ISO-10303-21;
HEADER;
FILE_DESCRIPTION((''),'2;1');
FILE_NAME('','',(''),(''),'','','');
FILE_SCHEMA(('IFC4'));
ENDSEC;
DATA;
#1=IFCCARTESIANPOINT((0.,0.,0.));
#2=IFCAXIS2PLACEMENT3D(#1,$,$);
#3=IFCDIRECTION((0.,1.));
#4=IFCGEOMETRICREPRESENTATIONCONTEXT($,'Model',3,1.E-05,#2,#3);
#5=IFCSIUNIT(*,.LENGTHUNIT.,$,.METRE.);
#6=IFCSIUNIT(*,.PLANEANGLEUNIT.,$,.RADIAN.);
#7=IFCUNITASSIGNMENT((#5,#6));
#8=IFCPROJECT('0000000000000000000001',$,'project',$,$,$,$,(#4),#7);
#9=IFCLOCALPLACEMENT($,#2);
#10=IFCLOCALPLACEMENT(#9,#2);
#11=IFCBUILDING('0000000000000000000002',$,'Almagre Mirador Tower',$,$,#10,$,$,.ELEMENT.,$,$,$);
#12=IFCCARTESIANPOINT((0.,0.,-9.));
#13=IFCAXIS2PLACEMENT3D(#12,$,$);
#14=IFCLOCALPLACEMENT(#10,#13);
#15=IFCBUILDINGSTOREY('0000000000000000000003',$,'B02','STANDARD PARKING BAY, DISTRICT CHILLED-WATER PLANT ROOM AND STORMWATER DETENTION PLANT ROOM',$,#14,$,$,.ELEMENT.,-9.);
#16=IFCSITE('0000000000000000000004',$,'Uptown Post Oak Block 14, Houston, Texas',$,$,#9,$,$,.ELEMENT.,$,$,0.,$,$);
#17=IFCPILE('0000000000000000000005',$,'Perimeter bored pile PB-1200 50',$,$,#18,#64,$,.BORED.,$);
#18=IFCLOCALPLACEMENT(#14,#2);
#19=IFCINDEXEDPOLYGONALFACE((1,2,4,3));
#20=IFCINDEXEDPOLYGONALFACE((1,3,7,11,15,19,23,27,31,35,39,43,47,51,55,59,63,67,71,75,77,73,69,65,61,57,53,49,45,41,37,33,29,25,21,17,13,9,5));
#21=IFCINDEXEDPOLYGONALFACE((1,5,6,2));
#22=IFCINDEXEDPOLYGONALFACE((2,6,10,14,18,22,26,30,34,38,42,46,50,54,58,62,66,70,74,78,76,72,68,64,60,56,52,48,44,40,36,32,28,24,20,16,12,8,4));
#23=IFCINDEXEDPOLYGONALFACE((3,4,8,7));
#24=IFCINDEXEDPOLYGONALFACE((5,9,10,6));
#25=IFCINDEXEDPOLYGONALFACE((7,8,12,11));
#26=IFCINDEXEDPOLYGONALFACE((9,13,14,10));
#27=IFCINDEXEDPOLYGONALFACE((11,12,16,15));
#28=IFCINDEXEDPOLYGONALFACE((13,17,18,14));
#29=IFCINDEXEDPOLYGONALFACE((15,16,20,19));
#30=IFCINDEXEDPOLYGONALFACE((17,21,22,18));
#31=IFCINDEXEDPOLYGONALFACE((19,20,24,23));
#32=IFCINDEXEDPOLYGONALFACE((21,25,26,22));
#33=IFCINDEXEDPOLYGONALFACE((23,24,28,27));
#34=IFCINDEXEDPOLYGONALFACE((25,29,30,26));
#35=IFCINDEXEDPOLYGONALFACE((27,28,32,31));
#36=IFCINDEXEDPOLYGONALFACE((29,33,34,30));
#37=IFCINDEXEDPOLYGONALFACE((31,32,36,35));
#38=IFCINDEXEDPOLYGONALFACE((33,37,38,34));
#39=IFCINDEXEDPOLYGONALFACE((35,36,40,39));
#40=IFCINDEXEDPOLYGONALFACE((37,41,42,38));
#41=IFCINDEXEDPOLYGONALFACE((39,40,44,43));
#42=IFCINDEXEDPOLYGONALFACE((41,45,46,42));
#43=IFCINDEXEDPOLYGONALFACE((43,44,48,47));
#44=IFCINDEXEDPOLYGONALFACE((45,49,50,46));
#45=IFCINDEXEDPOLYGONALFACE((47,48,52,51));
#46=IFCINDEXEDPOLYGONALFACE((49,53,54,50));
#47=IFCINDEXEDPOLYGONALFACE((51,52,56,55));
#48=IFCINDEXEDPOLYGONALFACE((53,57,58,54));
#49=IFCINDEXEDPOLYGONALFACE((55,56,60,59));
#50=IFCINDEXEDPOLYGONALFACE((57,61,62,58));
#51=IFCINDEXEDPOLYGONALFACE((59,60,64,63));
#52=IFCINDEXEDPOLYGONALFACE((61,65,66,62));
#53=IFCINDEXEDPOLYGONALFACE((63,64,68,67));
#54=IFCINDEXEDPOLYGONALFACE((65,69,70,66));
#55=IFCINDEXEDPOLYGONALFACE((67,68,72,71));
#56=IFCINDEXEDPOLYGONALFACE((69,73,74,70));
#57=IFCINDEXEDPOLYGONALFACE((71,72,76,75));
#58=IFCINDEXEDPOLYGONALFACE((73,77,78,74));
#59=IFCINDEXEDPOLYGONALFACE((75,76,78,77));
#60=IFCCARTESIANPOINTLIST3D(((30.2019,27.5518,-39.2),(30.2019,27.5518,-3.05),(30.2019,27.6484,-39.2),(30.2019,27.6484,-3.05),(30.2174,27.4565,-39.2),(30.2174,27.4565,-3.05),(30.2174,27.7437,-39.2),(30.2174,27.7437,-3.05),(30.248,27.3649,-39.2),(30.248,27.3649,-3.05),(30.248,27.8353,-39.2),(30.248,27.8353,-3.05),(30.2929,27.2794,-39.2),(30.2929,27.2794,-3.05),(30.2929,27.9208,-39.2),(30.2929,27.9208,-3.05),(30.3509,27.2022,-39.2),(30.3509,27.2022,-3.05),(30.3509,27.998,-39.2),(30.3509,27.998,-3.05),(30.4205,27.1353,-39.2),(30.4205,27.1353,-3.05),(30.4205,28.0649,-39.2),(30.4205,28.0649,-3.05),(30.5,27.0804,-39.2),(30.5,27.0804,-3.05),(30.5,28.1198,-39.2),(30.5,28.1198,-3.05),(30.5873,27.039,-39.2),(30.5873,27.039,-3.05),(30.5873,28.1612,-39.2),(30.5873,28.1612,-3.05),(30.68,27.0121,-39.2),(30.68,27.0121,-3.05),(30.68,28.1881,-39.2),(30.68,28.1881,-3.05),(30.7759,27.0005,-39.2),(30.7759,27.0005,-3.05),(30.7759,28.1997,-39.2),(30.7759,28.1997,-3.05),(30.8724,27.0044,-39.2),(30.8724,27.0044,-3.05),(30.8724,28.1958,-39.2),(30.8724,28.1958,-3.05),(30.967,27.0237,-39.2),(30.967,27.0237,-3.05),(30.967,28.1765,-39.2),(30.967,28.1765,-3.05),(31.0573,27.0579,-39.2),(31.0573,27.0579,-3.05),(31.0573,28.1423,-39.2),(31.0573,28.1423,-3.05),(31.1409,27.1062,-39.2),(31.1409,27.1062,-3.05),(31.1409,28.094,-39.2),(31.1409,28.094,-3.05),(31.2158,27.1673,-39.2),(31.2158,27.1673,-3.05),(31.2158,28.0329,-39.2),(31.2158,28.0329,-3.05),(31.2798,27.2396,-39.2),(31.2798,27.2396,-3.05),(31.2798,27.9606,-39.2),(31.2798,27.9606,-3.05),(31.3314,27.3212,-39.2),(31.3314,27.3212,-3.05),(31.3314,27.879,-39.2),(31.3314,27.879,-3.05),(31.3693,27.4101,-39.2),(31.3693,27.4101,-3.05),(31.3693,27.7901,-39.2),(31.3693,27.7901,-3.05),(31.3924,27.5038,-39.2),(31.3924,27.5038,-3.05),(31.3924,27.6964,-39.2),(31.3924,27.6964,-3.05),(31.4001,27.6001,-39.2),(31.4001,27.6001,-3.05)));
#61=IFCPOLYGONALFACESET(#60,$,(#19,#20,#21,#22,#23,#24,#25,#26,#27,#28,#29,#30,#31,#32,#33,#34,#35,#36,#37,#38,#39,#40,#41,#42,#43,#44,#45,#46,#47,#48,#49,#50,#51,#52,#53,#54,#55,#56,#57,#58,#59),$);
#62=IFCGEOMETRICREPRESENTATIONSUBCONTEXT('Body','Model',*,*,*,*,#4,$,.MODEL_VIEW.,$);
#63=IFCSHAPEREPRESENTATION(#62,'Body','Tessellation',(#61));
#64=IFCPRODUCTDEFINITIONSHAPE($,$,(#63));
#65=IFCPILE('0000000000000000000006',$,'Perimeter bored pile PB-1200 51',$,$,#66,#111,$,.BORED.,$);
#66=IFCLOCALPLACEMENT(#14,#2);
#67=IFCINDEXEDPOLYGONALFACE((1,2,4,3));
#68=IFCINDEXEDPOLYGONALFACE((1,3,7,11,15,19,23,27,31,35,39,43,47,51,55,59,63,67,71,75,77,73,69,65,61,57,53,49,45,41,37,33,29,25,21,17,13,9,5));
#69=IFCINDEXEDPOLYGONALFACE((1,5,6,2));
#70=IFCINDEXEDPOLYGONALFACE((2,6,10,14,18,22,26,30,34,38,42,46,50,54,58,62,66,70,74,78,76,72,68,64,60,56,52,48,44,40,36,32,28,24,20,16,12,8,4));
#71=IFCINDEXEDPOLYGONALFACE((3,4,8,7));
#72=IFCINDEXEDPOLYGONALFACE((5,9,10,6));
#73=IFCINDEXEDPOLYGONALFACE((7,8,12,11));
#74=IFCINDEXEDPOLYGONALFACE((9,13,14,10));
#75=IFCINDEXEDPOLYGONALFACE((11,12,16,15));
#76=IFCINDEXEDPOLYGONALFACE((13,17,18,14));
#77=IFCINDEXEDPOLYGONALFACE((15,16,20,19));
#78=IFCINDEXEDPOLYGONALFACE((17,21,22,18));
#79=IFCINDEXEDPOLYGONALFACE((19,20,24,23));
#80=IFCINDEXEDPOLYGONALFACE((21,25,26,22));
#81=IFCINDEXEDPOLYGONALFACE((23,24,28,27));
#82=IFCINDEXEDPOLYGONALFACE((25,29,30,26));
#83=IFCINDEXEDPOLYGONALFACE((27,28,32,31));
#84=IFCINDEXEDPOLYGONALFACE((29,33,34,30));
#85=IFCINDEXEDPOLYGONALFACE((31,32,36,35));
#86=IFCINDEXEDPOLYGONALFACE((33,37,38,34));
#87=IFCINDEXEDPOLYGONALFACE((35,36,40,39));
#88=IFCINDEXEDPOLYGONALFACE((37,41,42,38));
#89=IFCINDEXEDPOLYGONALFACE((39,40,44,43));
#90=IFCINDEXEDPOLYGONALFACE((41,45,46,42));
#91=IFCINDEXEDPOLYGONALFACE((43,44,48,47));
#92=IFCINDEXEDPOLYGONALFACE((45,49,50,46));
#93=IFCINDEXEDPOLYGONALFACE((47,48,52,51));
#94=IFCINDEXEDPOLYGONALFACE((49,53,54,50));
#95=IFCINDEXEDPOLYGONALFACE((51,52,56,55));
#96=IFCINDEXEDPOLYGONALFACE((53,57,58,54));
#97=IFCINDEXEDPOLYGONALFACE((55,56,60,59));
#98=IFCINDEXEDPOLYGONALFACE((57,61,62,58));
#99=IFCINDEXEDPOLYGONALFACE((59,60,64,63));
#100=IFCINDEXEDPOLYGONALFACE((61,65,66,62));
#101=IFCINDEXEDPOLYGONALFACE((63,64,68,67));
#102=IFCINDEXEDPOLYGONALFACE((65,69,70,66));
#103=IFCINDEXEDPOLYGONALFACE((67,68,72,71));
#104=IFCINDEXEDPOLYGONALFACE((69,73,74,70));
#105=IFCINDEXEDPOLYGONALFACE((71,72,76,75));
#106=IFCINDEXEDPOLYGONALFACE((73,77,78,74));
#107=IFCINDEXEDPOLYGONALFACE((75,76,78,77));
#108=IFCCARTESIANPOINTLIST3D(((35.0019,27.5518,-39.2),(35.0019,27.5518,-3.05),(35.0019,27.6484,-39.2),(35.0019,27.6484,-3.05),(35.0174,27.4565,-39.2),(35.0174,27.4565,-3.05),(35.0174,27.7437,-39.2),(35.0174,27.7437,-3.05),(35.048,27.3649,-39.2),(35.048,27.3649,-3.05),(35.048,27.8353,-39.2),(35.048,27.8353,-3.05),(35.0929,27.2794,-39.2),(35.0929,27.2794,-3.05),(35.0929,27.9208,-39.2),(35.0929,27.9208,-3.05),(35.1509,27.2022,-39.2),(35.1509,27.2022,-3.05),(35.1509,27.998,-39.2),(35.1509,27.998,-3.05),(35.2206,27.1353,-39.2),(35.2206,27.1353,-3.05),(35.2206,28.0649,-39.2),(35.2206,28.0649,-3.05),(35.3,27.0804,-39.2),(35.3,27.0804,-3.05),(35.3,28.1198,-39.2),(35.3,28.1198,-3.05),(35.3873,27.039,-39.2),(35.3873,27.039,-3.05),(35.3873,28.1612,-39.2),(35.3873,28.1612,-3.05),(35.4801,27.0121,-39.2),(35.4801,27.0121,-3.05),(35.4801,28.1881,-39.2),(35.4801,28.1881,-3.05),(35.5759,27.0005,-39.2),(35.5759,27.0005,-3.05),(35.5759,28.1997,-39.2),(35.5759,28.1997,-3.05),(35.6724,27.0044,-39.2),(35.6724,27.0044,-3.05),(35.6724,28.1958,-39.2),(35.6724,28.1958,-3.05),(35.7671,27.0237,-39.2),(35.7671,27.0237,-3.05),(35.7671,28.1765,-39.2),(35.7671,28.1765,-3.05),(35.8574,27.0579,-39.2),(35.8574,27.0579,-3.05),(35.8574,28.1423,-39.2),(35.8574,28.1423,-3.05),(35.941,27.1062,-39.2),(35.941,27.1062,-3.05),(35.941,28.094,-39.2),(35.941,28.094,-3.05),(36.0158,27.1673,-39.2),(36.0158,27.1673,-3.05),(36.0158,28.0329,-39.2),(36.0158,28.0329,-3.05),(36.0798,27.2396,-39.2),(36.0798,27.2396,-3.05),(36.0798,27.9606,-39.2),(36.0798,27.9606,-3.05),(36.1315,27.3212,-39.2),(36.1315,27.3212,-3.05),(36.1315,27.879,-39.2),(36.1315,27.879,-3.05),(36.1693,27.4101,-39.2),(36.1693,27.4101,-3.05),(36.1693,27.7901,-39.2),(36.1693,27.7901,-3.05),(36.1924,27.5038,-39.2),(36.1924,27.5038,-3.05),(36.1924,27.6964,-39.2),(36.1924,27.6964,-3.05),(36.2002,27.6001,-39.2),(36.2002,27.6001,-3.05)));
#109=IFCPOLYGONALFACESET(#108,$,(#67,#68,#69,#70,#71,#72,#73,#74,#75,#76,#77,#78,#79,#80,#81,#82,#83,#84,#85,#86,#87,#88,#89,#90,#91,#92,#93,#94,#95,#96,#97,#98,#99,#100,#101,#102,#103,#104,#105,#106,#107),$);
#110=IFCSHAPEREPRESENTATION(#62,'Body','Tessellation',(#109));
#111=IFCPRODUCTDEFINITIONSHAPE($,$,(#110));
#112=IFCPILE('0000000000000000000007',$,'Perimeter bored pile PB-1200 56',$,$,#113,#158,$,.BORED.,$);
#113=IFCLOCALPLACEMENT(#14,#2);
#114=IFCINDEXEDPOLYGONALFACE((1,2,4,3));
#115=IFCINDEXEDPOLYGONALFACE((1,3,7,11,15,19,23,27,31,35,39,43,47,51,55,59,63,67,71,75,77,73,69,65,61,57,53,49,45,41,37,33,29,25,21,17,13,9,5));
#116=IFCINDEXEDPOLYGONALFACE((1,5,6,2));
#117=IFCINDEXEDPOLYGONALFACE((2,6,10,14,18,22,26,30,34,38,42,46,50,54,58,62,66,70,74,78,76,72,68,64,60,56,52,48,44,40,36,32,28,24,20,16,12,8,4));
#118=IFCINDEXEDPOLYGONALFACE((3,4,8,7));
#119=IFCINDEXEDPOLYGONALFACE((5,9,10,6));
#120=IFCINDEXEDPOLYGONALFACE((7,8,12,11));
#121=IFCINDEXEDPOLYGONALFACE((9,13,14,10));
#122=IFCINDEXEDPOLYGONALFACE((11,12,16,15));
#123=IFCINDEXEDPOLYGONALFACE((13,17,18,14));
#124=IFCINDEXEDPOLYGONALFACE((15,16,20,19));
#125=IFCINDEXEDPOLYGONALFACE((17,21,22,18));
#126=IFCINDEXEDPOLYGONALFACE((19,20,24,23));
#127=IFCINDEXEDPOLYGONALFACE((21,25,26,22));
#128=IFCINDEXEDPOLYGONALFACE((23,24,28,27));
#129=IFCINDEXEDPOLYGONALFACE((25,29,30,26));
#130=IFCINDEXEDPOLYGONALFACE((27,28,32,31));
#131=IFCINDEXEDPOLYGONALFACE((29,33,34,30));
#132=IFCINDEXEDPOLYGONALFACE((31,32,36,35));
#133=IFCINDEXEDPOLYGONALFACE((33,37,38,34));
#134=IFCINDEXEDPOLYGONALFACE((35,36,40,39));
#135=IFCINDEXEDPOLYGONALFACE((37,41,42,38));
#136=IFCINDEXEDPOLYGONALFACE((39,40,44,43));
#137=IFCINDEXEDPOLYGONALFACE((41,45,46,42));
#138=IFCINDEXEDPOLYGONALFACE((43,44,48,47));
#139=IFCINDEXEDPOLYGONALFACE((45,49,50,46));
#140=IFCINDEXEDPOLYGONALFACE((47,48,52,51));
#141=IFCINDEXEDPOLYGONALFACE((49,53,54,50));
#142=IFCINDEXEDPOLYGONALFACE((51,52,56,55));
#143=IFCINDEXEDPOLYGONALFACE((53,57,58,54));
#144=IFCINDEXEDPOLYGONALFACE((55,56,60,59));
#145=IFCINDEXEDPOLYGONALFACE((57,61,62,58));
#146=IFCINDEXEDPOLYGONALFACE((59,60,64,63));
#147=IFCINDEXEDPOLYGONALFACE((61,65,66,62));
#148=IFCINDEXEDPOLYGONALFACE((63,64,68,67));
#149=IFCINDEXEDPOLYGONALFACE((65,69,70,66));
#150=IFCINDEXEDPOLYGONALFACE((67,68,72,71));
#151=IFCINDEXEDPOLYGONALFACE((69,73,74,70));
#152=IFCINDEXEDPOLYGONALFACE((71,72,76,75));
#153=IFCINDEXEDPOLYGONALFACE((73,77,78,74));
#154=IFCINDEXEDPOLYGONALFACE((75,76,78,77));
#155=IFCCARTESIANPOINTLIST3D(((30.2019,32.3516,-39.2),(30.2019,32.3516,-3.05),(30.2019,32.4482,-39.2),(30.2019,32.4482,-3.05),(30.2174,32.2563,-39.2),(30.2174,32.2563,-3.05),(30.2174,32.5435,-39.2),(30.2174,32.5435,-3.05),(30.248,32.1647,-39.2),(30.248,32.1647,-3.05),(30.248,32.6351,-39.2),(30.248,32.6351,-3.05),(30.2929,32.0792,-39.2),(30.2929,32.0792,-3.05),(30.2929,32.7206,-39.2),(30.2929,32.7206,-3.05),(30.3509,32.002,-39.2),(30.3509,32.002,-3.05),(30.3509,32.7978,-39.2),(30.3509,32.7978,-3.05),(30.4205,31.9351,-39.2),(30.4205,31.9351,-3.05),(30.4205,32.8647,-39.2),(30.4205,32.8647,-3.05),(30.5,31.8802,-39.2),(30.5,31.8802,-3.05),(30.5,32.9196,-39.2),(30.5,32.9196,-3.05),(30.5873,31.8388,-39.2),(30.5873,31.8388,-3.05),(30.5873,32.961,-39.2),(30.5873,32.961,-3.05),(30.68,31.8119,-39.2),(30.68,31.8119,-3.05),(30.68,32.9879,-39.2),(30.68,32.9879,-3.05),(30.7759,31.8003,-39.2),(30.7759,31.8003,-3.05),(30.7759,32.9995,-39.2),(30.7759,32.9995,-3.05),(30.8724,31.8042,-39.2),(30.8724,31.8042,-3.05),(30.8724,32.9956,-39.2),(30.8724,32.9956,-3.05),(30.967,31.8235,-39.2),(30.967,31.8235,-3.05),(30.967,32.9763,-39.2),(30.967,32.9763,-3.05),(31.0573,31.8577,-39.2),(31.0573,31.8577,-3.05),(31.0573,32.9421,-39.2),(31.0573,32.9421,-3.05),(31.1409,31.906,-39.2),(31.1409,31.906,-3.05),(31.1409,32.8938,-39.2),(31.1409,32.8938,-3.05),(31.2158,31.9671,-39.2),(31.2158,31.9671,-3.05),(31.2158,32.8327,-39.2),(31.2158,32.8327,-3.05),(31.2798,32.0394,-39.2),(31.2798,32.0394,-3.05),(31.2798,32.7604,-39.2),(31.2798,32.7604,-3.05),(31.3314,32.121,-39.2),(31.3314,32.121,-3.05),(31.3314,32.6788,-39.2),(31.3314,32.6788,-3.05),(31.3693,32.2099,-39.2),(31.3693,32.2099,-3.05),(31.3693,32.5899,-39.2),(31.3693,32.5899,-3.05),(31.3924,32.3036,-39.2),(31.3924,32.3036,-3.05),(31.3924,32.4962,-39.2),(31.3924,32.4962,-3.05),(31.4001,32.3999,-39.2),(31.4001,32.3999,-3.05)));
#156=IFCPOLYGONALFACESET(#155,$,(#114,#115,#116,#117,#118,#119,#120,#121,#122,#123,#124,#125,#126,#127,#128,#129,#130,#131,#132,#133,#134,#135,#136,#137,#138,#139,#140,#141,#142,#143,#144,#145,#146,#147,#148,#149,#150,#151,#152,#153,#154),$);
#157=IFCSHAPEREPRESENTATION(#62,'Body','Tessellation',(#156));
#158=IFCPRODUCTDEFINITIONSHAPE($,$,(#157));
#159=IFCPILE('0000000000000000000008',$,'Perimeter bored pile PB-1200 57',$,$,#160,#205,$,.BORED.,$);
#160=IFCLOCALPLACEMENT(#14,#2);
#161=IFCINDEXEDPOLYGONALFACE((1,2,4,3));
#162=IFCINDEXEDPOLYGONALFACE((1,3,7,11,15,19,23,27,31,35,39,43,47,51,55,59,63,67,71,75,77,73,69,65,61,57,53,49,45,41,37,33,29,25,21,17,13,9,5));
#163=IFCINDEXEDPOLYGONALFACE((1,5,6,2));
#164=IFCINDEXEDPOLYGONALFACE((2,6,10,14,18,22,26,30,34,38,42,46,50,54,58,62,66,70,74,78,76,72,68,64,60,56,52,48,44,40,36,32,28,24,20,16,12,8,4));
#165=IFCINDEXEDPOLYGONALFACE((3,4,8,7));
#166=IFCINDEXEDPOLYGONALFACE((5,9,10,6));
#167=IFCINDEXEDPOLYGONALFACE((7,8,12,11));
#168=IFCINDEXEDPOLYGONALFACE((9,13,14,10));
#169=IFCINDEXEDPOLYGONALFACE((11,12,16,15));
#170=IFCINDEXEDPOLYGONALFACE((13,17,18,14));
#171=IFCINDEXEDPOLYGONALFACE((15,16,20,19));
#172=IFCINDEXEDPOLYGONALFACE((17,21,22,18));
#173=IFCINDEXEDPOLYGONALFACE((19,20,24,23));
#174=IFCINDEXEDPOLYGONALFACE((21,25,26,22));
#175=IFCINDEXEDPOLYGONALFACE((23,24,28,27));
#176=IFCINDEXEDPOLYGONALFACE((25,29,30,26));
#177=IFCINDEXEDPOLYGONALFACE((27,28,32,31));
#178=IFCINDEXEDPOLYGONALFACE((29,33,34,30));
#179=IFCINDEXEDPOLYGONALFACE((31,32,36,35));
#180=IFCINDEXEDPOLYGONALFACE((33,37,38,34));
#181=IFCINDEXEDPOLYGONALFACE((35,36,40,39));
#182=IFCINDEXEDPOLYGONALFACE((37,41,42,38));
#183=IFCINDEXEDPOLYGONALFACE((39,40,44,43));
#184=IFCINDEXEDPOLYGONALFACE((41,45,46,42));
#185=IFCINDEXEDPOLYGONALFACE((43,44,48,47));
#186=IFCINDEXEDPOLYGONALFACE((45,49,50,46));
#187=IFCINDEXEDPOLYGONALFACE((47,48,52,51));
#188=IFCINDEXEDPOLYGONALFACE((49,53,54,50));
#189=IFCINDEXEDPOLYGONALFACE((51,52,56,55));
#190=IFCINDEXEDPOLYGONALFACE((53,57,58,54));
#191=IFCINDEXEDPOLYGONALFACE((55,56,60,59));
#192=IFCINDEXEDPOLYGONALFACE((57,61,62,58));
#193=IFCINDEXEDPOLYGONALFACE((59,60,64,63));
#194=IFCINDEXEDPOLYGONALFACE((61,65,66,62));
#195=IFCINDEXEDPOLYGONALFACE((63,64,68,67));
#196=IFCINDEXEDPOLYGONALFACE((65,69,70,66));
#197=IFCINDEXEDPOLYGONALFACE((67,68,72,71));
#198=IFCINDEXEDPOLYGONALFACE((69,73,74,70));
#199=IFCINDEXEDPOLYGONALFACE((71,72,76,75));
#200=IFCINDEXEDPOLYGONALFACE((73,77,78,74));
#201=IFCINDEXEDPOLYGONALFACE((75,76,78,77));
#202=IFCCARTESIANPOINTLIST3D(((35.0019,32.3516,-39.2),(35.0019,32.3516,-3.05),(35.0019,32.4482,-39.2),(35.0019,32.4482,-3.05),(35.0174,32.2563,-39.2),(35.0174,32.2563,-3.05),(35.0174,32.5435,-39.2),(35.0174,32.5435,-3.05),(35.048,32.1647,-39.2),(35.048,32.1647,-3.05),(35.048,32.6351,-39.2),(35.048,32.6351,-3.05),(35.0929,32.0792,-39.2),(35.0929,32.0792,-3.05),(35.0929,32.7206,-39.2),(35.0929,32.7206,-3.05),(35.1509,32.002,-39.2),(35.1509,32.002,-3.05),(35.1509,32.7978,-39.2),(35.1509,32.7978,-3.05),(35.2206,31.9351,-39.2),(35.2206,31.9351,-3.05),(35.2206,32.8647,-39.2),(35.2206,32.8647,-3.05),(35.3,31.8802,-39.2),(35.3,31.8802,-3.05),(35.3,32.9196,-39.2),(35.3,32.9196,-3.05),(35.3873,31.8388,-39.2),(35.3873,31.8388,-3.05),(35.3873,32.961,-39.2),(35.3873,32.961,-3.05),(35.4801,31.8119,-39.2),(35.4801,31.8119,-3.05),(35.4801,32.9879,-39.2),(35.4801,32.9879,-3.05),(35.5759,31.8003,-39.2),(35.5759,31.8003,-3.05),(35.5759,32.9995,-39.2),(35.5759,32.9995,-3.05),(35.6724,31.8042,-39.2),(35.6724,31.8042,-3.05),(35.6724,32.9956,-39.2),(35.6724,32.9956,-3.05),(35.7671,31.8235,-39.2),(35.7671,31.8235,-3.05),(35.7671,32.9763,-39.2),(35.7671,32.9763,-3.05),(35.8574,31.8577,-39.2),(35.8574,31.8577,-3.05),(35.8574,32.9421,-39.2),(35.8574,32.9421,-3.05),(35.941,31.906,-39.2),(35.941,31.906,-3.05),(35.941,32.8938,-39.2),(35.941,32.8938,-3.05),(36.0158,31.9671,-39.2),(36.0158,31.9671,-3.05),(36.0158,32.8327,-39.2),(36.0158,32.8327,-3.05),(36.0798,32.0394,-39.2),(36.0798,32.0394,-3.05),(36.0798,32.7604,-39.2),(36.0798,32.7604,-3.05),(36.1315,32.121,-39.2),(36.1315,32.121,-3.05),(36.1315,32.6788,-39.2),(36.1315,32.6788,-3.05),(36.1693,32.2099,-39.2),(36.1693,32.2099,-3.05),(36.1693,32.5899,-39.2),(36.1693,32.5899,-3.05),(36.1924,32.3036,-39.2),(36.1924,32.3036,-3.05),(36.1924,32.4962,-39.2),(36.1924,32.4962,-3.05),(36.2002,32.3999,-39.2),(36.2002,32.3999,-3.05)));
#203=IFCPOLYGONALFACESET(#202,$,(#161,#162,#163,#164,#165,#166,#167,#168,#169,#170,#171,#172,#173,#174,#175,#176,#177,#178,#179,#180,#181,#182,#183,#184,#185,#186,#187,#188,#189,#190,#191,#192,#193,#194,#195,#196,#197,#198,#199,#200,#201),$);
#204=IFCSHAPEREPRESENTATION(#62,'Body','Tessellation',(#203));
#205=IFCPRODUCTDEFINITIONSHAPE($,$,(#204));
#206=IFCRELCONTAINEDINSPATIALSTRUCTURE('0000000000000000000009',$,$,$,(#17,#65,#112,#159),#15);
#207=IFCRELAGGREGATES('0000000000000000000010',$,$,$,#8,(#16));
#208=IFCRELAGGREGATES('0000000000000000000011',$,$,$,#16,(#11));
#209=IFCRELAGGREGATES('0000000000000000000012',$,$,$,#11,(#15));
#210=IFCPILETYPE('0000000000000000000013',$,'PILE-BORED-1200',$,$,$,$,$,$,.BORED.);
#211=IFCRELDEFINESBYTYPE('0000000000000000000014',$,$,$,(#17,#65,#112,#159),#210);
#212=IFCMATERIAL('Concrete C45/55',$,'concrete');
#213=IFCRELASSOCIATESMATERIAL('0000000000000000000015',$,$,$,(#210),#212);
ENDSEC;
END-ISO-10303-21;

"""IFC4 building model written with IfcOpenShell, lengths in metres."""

from ifc_helpers import new_model, si_unit, direction, frame, origin, origin_2d, place, context, subcontext, project, spatial, circle, extrude, material, material_profile, profile_set, type_object, element, save


model = new_model("IFC4")

# Units and contexts
model_context = context("Model", 3, precision=1e-05, world=origin(), true_north=direction((0.0, 1.0)))
body_context = subcontext(model_context, "Body", "Model", "MODEL_VIEW")
ifc_project = project(units=[si_unit("LENGTHUNIT", "METRE"), si_unit("PLANEANGLEUNIT", "RADIAN")], contexts=[model_context])

# Site, building, storey
site_placement = place(None, origin())
site = spatial("IfcSite", under=ifc_project, at=site_placement, Name="Uptown Post Oak Block 14, Houston, Texas", CompositionType="ELEMENT", RefElevation=0.0)
building_placement = place(site_placement, origin())
building = spatial("IfcBuilding", under=site, at=building_placement, Name="Almagre Mirador Tower", CompositionType="ELEMENT")
storey_placement = place(building_placement, frame((0.0, 0.0, -9.0)))
storey = spatial("IfcBuildingStorey", under=building, at=storey_placement, Name="B02", Description="STANDARD PARKING BAY, DISTRICT CHILLED-WATER PLANT ROOM AND STORMWATER DETENTION PLANT ROOM", CompositionType="ELEMENT", Elevation=-9.0)

# Piles
ifc_material_1 = material(Name="Concrete C45/55", Category="concrete")
ifc_material_profile_1 = material_profile(ifc_material_1, circle(Radius=0.6001, at=origin_2d()), Name="PILE1200D")
ifc_profile_set_1 = profile_set([ifc_material_profile_1], Name="Concrete C45/55")
pile_type_1 = type_object("IfcPileType", Name="PILE-BORED-1200", PredefinedType="BORED", material=ifc_profile_set_1)
for number, where, z_axis, x_axis, name in (
    (1, (30.8, 27.6001, -3.05), (0.0, 0.0, -1.0), (1.0, 0.0, 0.0), "Perimeter bored pile PB-1200 50"),
    (2, (35.6001, 27.6001, -3.05), (0.0, 0.0, -1.0), (1.0, 0.0, 0.0), "Perimeter bored pile PB-1200 51"),
    (3, (30.8, 32.3999, -3.05), (0.0, 0.0, -1.0), (1.0, 0.0, 0.0), "Perimeter bored pile PB-1200 56"),
    (4, (35.6001, 32.3999, -3.05), (0.0, 0.0, -1.0), (1.0, 0.0, 0.0), "Perimeter bored pile PB-1200 57"),
):
    element("IfcPile", number, at=place(storey_placement, frame(where, z_axis=z_axis, x_axis=x_axis)), inside=storey, type_object=pile_type_1, Name=name, PredefinedType="BORED", context=body_context, shape_type="SweptSolid", body=[
        extrude(circle(Radius=0.6001, at=origin_2d()), origin(), (0.0, 0.0, 1.0), 36.1499),
    ])

save(model, "model.ifc")
